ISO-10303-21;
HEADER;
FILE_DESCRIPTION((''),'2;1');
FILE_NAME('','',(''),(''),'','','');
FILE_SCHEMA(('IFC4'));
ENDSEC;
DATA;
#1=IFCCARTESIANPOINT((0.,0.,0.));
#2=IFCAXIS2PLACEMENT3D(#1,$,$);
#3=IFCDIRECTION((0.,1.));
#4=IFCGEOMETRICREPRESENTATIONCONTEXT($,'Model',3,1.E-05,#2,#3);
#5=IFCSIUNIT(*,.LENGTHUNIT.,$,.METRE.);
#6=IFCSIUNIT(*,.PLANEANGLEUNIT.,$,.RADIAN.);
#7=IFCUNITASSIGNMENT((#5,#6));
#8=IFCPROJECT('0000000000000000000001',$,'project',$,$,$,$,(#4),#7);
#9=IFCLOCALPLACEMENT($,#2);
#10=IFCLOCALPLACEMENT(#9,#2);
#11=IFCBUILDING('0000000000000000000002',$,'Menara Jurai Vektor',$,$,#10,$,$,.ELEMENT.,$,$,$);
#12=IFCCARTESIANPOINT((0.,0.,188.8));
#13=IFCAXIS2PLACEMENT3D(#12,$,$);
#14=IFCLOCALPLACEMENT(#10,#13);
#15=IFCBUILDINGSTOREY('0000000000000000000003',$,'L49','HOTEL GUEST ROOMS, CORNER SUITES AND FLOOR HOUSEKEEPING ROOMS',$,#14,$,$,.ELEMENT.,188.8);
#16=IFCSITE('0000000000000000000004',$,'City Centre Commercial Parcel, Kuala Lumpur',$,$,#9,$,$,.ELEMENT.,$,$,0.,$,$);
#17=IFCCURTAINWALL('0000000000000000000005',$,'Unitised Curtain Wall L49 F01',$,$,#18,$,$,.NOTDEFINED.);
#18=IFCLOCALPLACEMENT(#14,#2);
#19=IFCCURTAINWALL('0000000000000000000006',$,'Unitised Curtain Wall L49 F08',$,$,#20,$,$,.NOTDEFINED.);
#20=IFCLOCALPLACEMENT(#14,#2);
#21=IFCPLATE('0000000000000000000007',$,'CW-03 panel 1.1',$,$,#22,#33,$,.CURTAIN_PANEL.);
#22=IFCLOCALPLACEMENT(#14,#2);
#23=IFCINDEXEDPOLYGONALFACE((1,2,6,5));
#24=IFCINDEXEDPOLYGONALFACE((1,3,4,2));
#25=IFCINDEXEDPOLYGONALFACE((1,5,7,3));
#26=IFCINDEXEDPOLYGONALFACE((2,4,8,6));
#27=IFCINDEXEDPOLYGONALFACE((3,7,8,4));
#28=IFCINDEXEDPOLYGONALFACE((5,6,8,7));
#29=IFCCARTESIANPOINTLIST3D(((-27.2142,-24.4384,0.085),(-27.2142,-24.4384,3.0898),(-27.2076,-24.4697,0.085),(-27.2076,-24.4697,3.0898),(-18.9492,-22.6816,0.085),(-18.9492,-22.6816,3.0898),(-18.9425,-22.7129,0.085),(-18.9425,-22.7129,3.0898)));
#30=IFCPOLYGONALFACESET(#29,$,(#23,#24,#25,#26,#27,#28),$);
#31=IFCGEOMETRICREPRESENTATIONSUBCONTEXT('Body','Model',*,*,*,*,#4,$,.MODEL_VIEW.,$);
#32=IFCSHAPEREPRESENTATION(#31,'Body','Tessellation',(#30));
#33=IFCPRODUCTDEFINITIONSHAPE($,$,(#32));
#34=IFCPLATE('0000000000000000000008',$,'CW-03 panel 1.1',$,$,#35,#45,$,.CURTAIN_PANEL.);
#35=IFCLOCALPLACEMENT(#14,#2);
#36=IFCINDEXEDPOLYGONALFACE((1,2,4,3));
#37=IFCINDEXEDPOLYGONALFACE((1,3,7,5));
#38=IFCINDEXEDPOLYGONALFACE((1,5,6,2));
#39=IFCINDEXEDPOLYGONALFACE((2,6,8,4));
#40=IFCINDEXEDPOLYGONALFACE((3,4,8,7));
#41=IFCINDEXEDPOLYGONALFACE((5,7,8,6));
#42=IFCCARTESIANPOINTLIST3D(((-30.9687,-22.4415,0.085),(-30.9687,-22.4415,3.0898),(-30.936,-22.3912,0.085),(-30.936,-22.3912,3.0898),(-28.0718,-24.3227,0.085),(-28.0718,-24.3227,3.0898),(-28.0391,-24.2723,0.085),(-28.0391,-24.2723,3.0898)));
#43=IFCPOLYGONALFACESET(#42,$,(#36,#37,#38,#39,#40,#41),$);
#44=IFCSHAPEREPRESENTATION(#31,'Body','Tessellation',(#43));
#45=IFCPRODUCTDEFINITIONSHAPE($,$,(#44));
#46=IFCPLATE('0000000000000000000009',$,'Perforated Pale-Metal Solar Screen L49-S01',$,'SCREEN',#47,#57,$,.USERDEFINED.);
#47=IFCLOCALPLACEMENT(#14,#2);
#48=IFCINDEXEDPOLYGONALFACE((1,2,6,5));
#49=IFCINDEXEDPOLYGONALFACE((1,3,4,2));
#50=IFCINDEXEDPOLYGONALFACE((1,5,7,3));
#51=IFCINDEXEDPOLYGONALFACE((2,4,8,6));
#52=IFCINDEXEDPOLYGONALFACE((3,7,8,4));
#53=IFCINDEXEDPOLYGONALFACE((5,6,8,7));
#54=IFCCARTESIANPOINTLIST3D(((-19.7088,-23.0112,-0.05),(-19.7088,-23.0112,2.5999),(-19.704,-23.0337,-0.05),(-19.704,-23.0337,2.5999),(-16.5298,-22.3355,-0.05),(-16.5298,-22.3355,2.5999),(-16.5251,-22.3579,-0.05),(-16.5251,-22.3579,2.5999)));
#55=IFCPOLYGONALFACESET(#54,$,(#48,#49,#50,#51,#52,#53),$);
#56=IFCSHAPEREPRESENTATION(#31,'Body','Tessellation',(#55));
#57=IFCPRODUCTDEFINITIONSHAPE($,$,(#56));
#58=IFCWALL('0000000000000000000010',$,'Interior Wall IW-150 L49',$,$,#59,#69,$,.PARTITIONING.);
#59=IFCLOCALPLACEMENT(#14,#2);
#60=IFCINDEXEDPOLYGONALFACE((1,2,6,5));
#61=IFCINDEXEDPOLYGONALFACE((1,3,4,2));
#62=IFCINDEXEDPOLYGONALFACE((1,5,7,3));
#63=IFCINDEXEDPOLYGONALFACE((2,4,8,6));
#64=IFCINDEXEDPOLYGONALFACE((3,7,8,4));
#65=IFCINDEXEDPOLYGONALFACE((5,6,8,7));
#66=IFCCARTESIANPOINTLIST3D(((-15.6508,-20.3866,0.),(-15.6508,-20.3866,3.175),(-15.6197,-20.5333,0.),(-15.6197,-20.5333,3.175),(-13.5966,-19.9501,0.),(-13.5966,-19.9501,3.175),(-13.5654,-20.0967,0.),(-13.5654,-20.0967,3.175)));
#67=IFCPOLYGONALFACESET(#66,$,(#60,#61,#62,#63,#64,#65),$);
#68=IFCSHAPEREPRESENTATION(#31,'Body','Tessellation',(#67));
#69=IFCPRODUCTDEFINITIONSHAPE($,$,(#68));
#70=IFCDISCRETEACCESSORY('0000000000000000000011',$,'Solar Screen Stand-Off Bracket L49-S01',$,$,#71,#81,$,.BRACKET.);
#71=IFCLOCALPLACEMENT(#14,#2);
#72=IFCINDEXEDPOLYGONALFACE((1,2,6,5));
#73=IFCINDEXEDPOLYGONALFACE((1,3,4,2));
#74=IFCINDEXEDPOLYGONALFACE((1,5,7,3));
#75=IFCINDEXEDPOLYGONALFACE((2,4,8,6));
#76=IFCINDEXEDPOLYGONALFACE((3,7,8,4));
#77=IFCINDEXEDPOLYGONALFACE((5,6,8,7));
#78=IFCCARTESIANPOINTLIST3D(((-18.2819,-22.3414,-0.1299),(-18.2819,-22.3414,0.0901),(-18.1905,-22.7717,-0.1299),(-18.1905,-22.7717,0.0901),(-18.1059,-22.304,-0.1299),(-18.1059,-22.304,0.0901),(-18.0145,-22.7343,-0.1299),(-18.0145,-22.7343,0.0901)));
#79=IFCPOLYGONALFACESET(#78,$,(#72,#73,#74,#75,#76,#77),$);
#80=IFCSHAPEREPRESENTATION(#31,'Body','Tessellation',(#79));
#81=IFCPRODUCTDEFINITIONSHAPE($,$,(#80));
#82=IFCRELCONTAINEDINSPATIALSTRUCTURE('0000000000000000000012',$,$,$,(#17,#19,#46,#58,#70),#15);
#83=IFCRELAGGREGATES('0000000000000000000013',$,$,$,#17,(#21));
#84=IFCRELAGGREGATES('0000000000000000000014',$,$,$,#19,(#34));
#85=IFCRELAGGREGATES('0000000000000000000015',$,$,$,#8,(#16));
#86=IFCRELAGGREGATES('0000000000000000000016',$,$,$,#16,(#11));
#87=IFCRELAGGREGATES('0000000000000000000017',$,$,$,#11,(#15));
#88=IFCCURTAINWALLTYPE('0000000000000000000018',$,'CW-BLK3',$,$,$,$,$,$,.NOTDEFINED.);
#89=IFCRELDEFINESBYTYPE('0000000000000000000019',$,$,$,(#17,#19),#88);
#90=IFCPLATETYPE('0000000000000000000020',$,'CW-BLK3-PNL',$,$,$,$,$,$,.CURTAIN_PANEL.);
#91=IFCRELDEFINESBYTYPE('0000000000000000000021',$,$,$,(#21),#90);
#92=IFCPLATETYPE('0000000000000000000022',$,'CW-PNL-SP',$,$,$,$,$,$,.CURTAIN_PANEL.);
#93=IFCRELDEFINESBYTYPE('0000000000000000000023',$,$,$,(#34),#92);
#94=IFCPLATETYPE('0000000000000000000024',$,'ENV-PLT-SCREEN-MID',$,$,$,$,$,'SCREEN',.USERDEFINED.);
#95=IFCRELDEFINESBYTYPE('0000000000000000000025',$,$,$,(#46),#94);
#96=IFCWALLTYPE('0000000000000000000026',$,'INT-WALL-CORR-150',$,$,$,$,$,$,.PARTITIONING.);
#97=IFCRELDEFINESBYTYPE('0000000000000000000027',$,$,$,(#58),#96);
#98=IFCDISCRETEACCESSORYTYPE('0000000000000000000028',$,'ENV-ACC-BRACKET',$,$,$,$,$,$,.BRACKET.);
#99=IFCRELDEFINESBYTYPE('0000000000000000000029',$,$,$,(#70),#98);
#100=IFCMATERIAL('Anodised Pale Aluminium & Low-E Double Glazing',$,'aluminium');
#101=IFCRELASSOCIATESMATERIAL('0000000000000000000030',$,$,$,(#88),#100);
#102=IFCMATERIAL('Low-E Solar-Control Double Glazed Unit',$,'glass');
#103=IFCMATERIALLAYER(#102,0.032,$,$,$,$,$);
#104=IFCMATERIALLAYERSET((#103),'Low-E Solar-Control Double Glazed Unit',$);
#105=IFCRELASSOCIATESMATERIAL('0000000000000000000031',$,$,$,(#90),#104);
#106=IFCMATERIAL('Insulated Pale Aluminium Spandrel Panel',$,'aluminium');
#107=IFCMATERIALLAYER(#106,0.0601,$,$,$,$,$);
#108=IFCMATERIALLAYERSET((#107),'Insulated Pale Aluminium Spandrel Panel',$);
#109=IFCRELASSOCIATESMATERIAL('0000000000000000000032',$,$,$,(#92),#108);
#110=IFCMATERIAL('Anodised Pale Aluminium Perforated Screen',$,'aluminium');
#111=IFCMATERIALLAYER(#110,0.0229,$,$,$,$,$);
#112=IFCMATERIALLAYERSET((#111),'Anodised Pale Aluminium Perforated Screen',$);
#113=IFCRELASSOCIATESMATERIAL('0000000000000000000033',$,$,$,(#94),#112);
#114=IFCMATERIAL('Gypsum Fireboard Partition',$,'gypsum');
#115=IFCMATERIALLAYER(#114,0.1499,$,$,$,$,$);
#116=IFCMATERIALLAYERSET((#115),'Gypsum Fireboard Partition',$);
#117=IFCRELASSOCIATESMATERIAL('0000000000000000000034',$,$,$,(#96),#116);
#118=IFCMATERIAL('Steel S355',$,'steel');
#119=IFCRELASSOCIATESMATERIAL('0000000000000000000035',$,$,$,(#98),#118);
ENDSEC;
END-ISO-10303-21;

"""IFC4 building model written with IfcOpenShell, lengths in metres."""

from ifc_helpers import new_model, si_unit, direction, frame, frame_2d, origin, origin_2d, place, context, subcontext, project, spatial, rectangle, extrude, material, layer, layer_set, type_object, element, aggregate, save


model = new_model("IFC4")

# Units and contexts
model_context = context("Model", 3, precision=1e-05, world=origin(), true_north=direction((0.0, 1.0)))
body_context = subcontext(model_context, "Body", "Model", "MODEL_VIEW")
ifc_project = project(units=[si_unit("LENGTHUNIT", "METRE"), si_unit("PLANEANGLEUNIT", "RADIAN")], contexts=[model_context])

# Site, building, storey
site_placement = place(None, origin())
site = spatial("IfcSite", under=ifc_project, at=site_placement, Name="City Centre Commercial Parcel, Kuala Lumpur", CompositionType="ELEMENT", RefElevation=0.0)
building_placement = place(site_placement, origin())
building = spatial("IfcBuilding", under=site, at=building_placement, Name="Menara Jurai Vektor", CompositionType="ELEMENT")
storey_placement = place(building_placement, frame((0.0, 0.0, 188.8)))
storey = spatial("IfcBuildingStorey", under=building, at=storey_placement, Name="L49", Description="HOTEL GUEST ROOMS, CORNER SUITES AND FLOOR HOUSEKEEPING ROOMS", CompositionType="ELEMENT", Elevation=188.8)

# Curtain wall
ifc_material_1 = material(Name="Anodised Pale Aluminium & Low-E Double Glazing", Category="aluminium")
curtain_wall_type = type_object("IfcCurtainWallType", Name="CW-BLK3", PredefinedType="NOTDEFINED", material=ifc_material_1)
curtain_wall_1_placement = place(storey_placement, origin())
curtain_wall_1 = element("IfcCurtainWall", 1, at=curtain_wall_1_placement, inside=storey, type_object=curtain_wall_type, Name="Unitised Curtain Wall L49 F01", PredefinedType="NOTDEFINED")

# Curtain wall
curtain_wall_2_placement = place(storey_placement, origin())
curtain_wall_2 = element("IfcCurtainWall", 2, at=curtain_wall_2_placement, inside=storey, type_object=curtain_wall_type, Name="Unitised Curtain Wall L49 F08", PredefinedType="NOTDEFINED")

# Shared definitions
ifc_material_2 = material(Name="Steel S355", Category="steel")

# Plates
ifc_material_3 = material(Name="Low-E Solar-Control Double Glazed Unit", Category="glass")
ifc_layer_1 = layer(ifc_material_3, 0.032)
ifc_layer_set_1 = layer_set([ifc_layer_1], Name="Low-E Solar-Control Double Glazed Unit")
plate_type_1 = type_object("IfcPlateType", Name="CW-BLK3-PNL", PredefinedType="CURTAIN_PANEL", material=ifc_layer_set_1)
plate_1_placement = place(storey_placement, frame((-23.0784, -23.5757, 0.085), z_axis=(0.0, 0.0, 1.0), x_axis=(0.978148, 0.207911, 0.0)))
plate_1 = element("IfcPlate", 3, at=plate_1_placement, type_object=plate_type_1, Name="CW-03 panel 1.1", PredefinedType="CURTAIN_PANEL", context=body_context, shape_type="SweptSolid", body=[
    extrude(rectangle(XDim=8.4497, YDim=0.032, at=origin_2d()), origin(), (0.0, 0.0, 1.0), 3.0049),
])
aggregate(curtain_wall_1, [plate_1])
ifc_material_4 = material(Name="Insulated Pale Aluminium Spandrel Panel", Category="aluminium")
ifc_layer_2 = layer(ifc_material_4, 0.0601)
ifc_layer_set_2 = layer_set([ifc_layer_2], Name="Insulated Pale Aluminium Spandrel Panel")
plate_type_2 = type_object("IfcPlateType", Name="CW-PNL-SP", PredefinedType="CURTAIN_PANEL", material=ifc_layer_set_2)
plate_2_placement = place(storey_placement, frame((-29.5039, -23.3569, 0.085), z_axis=(0.0, 0.0, 1.0), x_axis=(0.838684, -0.544618, 0.0)))
plate_2 = element("IfcPlate", 4, at=plate_2_placement, type_object=plate_type_2, Name="CW-03 panel 1.1", PredefinedType="CURTAIN_PANEL", context=body_context, shape_type="SweptSolid", body=[
    extrude(rectangle(XDim=3.4541, YDim=0.0601, at=origin_2d()), origin(), (0.0, 0.0, 1.0), 3.0049),
])
aggregate(curtain_wall_2, [plate_2])
ifc_material_5 = material(Name="Anodised Pale Aluminium Perforated Screen", Category="aluminium")
ifc_layer_3 = layer(ifc_material_5, 0.0229)
ifc_layer_set_3 = layer_set([ifc_layer_3], Name="Anodised Pale Aluminium Perforated Screen")
plate_type_3 = type_object("IfcPlateType", Name="ENV-PLT-SCREEN-MID", ElementType="SCREEN", PredefinedType="USERDEFINED", material=ifc_layer_set_3)
plate_3_placement = place(storey_placement, frame((-18.1169, -22.6846, -0.05), z_axis=(0.0, 0.0, 1.0), x_axis=(0.978148, 0.207912, 0.0)))
element("IfcPlate", 5, at=plate_3_placement, inside=storey, type_object=plate_type_3, Name="Perforated Pale-Metal Solar Screen L49-S01", ObjectType="SCREEN", PredefinedType="USERDEFINED", context=body_context, shape_type="SweptSolid", body=[
    extrude(rectangle(XDim=3.25, YDim=0.0229, at=origin_2d()), origin(), (0.0, 0.0, 1.0), 2.6499),
])

# Shared definitions
ifc_material_6 = material(Name="Gypsum Fireboard Partition", Category="gypsum")
ifc_layer_4 = layer(ifc_material_6, 0.1499)
ifc_layer_set_4 = layer_set([ifc_layer_4], Name="Gypsum Fireboard Partition")
wall_type = type_object("IfcWallType", Name="INT-WALL-CORR-150", PredefinedType="PARTITIONING", material=ifc_layer_set_4)

# Wall
wall_1_placement = place(storey_placement, frame((-15.6353, -20.46, 0.0), z_axis=(0.0, 0.0, 1.0), x_axis=(0.978158, 0.207862, 0.0)))
element("IfcWall", 6, at=wall_1_placement, inside=storey, type_object=wall_type, Name="Interior Wall IW-150 L49", PredefinedType="PARTITIONING", context=body_context, shape_type="SweptSolid", body=[
    extrude(rectangle(XDim=2.1001, YDim=0.1499, at=frame_2d((1.05, 0.0))), origin(), (0.0, 0.0, 1.0), 3.175),
])

# Discrete accessory
discrete_accessory_type = type_object("IfcDiscreteAccessoryType", Name="ENV-ACC-BRACKET", PredefinedType="BRACKET", material=ifc_material_2)
discrete_accessory_placement = place(storey_placement, frame((-18.1482, -22.5378, -0.1299), z_axis=(0.0, 0.0, 1.0), x_axis=(0.978148, 0.207912, 0.0)))
element("IfcDiscreteAccessory", 7, at=discrete_accessory_placement, inside=storey, type_object=discrete_accessory_type, Name="Solar Screen Stand-Off Bracket L49-S01", PredefinedType="BRACKET", context=body_context, shape_type="SweptSolid", body=[
    extrude(rectangle(XDim=0.1799, YDim=0.4399, at=origin_2d()), origin(), (0.0, 0.0, 1.0), 0.22),
])

save(model, "model.ifc")
